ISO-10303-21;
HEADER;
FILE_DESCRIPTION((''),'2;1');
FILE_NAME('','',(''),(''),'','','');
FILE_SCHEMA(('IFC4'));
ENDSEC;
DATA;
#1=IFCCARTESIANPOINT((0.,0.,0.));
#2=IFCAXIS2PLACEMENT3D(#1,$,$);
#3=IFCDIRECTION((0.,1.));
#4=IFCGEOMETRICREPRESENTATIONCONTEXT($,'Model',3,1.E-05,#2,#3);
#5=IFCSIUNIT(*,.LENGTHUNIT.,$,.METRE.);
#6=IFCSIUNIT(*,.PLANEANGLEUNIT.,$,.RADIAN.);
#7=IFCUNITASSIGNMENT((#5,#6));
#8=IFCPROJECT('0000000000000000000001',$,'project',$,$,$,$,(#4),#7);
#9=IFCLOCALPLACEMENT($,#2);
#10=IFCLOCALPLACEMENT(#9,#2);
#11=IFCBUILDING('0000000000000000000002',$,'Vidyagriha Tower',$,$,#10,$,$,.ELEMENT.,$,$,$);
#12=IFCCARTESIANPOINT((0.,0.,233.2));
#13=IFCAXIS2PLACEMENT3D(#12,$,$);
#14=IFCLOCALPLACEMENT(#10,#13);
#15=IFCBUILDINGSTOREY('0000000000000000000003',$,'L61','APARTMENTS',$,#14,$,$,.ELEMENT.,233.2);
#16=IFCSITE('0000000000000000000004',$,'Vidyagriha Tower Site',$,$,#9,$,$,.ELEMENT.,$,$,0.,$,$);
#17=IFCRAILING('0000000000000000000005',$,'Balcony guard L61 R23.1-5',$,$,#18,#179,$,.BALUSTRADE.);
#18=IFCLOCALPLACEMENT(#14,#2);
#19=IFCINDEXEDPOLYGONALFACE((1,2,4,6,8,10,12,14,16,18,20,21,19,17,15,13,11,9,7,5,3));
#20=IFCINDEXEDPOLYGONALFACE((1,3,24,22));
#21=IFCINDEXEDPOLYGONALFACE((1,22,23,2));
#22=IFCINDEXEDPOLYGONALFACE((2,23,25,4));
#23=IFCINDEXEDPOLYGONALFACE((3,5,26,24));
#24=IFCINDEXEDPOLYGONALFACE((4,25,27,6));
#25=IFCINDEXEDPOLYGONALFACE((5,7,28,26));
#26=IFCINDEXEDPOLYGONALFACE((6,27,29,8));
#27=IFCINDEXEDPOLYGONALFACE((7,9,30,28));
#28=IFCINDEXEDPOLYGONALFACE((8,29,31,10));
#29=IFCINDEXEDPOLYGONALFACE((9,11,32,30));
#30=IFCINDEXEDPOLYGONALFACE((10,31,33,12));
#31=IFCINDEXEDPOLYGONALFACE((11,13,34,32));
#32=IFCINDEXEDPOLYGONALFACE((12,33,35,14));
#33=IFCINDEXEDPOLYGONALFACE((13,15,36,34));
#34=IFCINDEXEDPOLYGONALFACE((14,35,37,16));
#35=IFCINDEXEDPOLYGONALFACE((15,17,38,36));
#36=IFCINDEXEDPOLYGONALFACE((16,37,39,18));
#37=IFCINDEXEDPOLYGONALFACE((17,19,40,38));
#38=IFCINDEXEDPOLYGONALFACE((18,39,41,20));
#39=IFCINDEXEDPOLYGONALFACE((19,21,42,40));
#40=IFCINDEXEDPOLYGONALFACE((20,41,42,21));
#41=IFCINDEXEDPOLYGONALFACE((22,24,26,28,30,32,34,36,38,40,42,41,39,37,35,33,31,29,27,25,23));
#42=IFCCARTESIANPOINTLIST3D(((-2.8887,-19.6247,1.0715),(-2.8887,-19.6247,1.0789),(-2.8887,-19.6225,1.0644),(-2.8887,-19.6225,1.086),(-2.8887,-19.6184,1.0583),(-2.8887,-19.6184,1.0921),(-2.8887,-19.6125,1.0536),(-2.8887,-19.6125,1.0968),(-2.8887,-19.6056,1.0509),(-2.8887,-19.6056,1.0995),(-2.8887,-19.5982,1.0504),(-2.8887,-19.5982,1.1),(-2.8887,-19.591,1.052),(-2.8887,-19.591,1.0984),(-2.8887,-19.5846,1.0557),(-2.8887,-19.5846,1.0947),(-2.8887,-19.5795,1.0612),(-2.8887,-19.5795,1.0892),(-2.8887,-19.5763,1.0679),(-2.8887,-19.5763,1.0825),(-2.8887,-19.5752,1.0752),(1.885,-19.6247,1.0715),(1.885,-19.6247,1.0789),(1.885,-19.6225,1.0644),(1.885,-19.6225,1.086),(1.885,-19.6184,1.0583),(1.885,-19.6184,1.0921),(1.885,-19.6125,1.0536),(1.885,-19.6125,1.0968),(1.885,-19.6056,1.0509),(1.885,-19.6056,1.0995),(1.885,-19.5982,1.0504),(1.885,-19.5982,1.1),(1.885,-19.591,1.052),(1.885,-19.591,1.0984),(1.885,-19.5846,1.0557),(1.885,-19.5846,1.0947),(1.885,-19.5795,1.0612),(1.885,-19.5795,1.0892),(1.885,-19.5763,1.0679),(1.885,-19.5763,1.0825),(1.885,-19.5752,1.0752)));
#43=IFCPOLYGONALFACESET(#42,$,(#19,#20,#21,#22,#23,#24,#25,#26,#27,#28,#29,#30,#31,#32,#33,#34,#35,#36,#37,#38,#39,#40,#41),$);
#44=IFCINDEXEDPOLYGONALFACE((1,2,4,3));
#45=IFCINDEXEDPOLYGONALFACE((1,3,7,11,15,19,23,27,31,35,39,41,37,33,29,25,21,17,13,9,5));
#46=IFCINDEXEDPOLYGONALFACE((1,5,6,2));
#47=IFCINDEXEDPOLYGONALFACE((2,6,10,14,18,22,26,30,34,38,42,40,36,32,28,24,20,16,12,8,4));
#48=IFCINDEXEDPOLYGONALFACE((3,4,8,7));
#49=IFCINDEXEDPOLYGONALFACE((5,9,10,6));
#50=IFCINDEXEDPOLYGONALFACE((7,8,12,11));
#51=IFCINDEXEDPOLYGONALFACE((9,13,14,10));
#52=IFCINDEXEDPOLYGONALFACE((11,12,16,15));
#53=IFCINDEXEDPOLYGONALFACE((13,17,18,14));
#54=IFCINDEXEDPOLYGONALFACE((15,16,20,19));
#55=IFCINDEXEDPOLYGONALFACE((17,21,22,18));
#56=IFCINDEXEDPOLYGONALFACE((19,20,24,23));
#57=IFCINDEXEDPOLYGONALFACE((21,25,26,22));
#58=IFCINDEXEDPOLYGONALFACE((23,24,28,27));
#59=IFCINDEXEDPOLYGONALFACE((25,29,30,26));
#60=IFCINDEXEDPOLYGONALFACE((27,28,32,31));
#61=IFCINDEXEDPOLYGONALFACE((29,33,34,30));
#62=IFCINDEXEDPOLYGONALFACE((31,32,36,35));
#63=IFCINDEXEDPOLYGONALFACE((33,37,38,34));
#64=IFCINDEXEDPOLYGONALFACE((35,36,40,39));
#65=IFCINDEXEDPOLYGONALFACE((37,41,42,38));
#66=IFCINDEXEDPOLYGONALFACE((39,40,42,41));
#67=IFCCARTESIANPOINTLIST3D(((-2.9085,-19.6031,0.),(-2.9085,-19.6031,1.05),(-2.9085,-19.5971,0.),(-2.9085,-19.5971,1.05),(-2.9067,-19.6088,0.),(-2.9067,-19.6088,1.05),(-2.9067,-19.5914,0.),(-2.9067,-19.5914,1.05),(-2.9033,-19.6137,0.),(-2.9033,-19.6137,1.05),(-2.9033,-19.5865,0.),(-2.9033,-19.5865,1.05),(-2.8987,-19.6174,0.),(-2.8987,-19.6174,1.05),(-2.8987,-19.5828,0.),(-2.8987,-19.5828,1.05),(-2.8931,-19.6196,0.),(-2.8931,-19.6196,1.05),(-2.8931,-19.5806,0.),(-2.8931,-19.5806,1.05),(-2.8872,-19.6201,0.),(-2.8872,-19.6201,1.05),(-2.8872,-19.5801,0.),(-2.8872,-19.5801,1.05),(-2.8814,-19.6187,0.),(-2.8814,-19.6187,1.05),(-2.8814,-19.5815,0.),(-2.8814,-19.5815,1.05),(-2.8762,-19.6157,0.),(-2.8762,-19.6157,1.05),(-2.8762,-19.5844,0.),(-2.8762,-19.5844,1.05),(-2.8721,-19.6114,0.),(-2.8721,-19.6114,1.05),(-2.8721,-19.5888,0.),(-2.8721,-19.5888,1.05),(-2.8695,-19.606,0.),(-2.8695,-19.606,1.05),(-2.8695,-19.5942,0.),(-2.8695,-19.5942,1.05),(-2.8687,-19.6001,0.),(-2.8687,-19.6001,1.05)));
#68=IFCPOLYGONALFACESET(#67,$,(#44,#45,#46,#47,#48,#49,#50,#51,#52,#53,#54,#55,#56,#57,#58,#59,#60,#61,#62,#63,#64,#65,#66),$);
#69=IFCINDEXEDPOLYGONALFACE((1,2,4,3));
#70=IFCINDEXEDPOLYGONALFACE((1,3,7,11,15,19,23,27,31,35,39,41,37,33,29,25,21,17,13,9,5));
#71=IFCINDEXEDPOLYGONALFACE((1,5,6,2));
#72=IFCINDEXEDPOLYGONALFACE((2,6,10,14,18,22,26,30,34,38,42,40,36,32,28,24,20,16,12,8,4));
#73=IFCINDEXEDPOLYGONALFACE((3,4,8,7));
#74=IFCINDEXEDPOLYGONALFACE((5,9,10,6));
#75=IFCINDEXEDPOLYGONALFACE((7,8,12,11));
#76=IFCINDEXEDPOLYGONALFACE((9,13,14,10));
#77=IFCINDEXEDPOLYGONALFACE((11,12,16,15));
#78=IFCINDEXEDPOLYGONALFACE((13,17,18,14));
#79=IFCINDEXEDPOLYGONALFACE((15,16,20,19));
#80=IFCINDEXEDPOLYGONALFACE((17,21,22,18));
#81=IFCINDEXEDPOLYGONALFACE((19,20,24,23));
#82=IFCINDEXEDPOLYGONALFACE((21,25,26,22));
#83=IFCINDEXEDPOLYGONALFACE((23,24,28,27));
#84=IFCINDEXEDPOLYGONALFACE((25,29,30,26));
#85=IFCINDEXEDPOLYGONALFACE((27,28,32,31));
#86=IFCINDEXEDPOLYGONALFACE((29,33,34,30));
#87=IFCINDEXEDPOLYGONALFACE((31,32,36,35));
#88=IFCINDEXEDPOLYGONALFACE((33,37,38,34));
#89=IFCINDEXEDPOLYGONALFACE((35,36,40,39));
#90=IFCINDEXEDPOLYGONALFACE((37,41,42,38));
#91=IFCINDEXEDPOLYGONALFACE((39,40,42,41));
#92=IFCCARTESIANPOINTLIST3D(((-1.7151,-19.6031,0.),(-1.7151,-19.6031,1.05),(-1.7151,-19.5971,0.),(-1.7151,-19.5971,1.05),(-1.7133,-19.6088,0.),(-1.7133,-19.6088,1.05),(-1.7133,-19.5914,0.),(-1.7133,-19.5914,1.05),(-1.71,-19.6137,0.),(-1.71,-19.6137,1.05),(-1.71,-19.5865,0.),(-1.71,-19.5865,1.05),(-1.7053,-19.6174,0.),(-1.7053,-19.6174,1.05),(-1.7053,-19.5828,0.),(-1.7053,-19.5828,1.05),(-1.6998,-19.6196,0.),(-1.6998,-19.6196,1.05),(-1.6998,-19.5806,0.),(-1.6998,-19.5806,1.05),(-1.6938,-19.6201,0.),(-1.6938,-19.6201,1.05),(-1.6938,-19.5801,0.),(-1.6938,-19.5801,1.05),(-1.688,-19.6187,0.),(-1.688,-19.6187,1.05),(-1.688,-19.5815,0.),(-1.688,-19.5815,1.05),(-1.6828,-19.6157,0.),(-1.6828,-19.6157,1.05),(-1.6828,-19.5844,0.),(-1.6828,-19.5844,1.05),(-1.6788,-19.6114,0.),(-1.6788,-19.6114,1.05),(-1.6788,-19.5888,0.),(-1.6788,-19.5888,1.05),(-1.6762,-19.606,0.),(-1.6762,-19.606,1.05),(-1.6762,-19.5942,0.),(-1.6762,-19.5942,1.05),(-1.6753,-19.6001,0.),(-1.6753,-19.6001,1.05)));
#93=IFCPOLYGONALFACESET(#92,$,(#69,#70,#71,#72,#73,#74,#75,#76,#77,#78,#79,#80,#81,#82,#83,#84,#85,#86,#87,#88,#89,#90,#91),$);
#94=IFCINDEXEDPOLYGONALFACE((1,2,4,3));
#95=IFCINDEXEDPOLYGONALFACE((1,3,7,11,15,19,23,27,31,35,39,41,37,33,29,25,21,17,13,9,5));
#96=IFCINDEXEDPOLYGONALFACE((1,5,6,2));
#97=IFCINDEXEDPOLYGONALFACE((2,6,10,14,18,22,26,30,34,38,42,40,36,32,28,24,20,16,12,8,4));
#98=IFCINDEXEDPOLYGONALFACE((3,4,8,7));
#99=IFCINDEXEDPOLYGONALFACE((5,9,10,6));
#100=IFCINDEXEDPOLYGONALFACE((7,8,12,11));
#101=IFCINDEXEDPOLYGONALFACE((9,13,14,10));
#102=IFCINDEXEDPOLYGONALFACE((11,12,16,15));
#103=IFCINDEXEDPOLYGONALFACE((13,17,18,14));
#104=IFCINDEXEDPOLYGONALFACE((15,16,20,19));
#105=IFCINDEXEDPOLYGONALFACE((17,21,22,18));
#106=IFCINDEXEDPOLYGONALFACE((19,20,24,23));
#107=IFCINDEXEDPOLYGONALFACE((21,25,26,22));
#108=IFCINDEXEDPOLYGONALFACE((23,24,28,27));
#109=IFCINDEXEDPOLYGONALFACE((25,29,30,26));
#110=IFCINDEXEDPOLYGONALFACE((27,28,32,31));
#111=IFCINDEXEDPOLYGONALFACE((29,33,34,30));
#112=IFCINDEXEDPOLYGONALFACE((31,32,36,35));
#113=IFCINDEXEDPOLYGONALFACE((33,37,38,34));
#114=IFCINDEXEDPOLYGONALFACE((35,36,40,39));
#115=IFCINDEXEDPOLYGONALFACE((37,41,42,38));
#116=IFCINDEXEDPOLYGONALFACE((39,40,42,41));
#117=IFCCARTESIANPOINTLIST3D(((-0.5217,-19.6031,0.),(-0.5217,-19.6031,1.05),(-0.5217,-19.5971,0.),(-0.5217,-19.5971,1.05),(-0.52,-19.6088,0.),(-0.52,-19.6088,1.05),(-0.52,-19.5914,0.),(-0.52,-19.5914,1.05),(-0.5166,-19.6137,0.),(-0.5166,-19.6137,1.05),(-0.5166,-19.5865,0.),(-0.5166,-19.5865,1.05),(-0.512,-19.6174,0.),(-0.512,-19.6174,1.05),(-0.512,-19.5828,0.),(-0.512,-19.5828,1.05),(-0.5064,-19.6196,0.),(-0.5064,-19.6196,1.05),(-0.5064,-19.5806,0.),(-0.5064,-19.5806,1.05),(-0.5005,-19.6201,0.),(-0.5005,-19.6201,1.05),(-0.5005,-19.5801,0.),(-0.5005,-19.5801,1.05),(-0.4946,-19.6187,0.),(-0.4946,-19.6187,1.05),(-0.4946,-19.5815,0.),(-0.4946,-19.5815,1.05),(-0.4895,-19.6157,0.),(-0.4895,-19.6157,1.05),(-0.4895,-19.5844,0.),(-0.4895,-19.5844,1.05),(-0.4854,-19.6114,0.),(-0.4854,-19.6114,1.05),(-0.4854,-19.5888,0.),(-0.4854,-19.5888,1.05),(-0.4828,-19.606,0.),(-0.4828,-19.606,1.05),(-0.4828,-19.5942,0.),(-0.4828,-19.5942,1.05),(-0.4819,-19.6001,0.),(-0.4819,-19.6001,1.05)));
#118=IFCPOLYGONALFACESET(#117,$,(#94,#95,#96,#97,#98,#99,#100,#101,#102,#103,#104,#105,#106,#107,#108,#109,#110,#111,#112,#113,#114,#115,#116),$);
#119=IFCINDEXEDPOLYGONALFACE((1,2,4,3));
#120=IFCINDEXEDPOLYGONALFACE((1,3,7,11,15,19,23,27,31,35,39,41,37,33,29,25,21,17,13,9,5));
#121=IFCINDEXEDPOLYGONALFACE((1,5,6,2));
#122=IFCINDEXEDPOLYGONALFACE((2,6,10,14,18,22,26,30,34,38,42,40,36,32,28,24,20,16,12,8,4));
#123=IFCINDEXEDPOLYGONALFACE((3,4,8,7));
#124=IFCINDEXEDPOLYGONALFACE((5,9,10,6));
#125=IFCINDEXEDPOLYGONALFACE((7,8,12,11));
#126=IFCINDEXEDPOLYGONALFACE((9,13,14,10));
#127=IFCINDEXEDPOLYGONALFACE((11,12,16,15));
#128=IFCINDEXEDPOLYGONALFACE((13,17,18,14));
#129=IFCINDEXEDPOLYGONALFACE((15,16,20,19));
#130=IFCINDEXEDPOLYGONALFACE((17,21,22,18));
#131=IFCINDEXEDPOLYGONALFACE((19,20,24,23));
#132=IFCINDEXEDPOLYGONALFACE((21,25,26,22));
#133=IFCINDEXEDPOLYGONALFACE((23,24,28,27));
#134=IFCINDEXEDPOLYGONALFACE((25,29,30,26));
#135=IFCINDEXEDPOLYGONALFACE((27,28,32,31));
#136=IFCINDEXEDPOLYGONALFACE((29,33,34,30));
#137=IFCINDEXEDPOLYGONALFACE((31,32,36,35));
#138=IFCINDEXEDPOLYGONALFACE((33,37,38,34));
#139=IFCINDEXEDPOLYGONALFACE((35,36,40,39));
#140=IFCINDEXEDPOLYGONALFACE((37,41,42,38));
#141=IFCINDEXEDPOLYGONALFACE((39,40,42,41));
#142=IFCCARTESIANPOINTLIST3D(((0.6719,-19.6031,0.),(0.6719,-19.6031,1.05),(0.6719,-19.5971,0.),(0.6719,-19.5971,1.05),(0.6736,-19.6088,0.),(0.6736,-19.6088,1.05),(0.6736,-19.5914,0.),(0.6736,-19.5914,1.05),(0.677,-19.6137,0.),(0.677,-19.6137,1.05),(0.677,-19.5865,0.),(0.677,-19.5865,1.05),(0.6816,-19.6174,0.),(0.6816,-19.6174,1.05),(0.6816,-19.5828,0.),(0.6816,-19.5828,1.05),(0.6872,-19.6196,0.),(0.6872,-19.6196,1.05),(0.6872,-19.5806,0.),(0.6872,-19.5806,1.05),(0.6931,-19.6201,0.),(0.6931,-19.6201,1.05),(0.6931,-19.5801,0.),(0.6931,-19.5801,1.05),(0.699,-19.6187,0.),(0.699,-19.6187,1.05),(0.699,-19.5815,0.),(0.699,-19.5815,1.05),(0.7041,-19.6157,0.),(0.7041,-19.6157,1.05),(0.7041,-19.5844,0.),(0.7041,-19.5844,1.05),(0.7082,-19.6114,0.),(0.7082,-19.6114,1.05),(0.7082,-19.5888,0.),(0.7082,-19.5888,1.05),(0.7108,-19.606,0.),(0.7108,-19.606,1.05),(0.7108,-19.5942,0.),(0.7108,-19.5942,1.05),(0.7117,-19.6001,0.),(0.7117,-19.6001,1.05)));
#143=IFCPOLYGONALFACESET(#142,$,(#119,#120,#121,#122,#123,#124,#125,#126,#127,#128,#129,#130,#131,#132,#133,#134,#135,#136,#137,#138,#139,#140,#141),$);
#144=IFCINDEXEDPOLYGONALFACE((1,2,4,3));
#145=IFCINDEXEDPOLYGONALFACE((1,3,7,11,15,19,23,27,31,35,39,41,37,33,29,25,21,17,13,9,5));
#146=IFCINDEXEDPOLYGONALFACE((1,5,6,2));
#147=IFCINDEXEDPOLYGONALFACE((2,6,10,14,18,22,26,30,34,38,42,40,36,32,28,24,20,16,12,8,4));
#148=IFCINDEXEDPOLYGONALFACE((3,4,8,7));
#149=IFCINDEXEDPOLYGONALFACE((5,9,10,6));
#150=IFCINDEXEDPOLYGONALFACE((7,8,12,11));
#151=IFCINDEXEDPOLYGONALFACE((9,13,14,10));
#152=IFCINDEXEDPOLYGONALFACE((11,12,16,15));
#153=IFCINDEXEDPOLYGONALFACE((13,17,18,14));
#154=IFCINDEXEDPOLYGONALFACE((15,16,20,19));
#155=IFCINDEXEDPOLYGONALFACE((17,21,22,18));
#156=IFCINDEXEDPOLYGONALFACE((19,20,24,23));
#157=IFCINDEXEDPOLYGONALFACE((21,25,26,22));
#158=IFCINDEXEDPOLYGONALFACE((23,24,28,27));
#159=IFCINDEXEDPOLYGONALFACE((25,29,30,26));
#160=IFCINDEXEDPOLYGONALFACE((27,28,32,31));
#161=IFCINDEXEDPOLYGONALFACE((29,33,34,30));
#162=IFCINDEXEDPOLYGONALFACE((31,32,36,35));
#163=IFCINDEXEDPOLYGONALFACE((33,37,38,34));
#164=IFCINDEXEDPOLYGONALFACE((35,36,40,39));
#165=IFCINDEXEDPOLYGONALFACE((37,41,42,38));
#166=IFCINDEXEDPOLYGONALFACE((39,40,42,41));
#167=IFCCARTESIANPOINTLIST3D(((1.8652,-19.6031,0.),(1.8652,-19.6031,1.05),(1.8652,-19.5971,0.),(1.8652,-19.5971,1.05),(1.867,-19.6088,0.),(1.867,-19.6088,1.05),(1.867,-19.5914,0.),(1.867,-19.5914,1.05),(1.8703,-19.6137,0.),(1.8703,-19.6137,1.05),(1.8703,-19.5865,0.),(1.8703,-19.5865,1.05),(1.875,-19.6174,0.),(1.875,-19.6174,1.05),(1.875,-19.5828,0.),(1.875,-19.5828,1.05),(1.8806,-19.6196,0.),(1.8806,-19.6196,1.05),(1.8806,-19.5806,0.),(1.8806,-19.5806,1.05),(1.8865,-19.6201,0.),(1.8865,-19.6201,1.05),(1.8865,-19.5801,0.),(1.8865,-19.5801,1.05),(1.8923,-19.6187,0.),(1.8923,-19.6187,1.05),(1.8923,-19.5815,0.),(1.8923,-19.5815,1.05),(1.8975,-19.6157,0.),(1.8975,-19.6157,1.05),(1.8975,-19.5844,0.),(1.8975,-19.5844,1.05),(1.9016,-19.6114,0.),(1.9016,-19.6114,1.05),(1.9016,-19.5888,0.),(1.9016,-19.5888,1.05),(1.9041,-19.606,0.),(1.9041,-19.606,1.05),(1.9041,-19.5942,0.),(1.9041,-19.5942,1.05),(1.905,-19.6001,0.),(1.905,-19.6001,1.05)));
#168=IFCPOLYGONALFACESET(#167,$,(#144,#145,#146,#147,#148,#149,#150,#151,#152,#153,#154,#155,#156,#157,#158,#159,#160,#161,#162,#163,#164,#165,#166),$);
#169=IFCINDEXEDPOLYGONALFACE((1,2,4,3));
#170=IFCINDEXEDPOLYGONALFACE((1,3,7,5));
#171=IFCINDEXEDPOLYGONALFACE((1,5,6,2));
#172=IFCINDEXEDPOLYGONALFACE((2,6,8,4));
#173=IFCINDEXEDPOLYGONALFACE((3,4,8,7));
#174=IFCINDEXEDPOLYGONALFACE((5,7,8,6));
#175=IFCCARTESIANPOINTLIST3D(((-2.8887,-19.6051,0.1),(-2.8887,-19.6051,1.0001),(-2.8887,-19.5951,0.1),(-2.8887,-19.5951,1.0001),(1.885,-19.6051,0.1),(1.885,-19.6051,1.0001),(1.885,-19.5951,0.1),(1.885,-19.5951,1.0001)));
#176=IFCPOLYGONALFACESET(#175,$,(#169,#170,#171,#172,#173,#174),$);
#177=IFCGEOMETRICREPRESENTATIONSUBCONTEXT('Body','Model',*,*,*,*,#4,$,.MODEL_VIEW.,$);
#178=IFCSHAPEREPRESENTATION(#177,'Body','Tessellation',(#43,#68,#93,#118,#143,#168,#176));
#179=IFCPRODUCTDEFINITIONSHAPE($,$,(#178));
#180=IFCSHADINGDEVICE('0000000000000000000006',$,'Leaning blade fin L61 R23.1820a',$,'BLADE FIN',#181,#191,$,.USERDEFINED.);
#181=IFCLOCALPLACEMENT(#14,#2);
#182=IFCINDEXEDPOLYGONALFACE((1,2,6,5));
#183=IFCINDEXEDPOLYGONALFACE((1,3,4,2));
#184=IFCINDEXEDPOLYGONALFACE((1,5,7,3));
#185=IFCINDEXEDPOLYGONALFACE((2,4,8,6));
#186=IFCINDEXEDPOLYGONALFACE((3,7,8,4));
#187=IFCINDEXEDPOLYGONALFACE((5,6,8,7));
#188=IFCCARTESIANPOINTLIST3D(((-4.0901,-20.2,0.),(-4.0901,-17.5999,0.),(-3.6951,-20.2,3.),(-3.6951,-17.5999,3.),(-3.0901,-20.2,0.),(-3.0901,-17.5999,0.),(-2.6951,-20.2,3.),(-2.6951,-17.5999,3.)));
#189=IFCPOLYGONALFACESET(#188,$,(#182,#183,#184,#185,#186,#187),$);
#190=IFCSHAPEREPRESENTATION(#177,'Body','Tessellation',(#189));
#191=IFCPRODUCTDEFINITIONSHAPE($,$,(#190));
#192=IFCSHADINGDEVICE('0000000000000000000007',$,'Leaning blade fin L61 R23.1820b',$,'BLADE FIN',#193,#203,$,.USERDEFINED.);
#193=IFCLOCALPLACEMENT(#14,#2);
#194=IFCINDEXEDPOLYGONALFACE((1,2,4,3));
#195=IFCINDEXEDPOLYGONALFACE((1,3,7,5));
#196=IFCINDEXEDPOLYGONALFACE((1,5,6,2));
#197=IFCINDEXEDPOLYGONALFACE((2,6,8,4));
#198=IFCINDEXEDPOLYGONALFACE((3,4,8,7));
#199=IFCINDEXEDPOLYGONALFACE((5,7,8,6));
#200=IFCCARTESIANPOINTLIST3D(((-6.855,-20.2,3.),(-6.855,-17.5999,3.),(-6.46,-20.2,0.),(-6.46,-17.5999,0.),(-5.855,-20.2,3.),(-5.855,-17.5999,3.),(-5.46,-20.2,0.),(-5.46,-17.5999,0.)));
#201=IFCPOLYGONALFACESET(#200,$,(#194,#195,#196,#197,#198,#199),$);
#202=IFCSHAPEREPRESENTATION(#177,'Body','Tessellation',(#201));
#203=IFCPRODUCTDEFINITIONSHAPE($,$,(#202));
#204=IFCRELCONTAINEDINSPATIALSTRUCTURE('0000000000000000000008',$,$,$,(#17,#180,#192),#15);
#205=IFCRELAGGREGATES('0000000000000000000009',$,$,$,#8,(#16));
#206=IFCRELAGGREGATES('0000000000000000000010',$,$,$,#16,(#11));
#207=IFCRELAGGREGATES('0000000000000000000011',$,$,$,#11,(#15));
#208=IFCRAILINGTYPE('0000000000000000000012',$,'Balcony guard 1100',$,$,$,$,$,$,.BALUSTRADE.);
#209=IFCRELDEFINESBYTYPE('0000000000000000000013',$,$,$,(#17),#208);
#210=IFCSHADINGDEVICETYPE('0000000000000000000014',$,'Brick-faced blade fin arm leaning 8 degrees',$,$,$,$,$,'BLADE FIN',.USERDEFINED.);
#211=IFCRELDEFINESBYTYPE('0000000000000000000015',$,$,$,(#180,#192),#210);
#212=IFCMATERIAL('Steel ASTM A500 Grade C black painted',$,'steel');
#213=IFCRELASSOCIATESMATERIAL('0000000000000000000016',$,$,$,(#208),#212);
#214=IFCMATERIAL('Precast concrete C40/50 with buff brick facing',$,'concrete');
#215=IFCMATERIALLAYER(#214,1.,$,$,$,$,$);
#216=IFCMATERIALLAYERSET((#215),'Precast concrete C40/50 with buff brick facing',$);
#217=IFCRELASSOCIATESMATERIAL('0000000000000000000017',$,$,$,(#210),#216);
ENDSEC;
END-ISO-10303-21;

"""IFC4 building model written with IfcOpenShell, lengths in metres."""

from ifc_helpers import new_model, si_unit, direction, frame, origin, origin_2d, place, context, subcontext, project, spatial, polyline, rectangle, circle, outline, extrude, material, layer, layer_set, type_object, element, save


model = new_model("IFC4")

# Units and contexts
model_context = context("Model", 3, precision=1e-05, world=origin(), true_north=direction((0.0, 1.0)))
body_context = subcontext(model_context, "Body", "Model", "MODEL_VIEW")
ifc_project = project(units=[si_unit("LENGTHUNIT", "METRE"), si_unit("PLANEANGLEUNIT", "RADIAN")], contexts=[model_context])

# Site, building, storey
site_placement = place(None, origin())
site = spatial("IfcSite", under=ifc_project, at=site_placement, Name="Vidyagriha Tower Site", CompositionType="ELEMENT", RefElevation=0.0)
building_placement = place(site_placement, origin())
building = spatial("IfcBuilding", under=site, at=building_placement, Name="Vidyagriha Tower", CompositionType="ELEMENT")
storey_placement = place(building_placement, frame((0.0, 0.0, 233.2)))
storey = spatial("IfcBuildingStorey", under=building, at=storey_placement, Name="L61", Description="APARTMENTS", CompositionType="ELEMENT", Elevation=233.2)

# Railing
ifc_material_1 = material(Name="Steel ASTM A500 Grade C black painted", Category="steel")
railing_type = type_object("IfcRailingType", Name="Balcony guard 1100", PredefinedType="BALUSTRADE", material=ifc_material_1)
railing_1_placement = place(storey_placement, frame((-2.8887, -19.6001, 0.0)))
element("IfcRailing", 1, at=railing_1_placement, inside=storey, type_object=railing_type, Name="Balcony guard L61 R23.1-5", PredefinedType="BALUSTRADE", context=body_context, shape_type="SweptSolid", body=[
    extrude(circle(Radius=0.0249, at=origin_2d()), frame((0.0, 0.0, 1.0752), z_axis=(1.0, 0.0, 0.0), x_axis=(0.0, 1.0, 0.0)), (0.0, 0.0, 1.0), 4.7737),
    extrude(circle(Radius=0.02, at=origin_2d()), origin(), (0.0, 0.0, 1.0), 1.05),
    extrude(circle(Radius=0.02, at=origin_2d()), frame((1.1934, 0.0, 0.0)), (0.0, 0.0, 1.0), 1.05),
    extrude(circle(Radius=0.02, at=origin_2d()), frame((2.3867, 0.0, 0.0)), (0.0, 0.0, 1.0), 1.05),
    extrude(circle(Radius=0.02, at=origin_2d()), frame((3.5803, 0.0, 0.0)), (0.0, 0.0, 1.0), 1.05),
    extrude(circle(Radius=0.02, at=origin_2d()), frame((4.7737, 0.0, 0.0)), (0.0, 0.0, 1.0), 1.05),
    extrude(rectangle(XDim=0.01, YDim=0.9001, at=origin_2d()), frame((0.0, 0.0, 0.55), z_axis=(1.0, 0.0, 0.0), x_axis=(0.0, 1.0, 0.0)), (0.0, 0.0, 1.0), 4.7737),
])

# Shading devices
ifc_material_2 = material(Name="Precast concrete C40/50 with buff brick facing", Category="concrete")
ifc_layer_1 = layer(ifc_material_2, 1.0)
ifc_layer_set_1 = layer_set([ifc_layer_1], Name="Precast concrete C40/50 with buff brick facing")
shading_device_type = type_object("IfcShadingDeviceType", Name="Brick-faced blade fin arm leaning 8 degrees", ElementType="BLADE FIN", PredefinedType="USERDEFINED", material=ifc_layer_set_1)
shading_device_1_placement = place(storey_placement, frame((-4.0901, -18.8999, 0.0)))
element("IfcShadingDevice", 2, at=shading_device_1_placement, inside=storey, type_object=shading_device_type, Name="Leaning blade fin L61 R23.1820a", ObjectType="BLADE FIN", PredefinedType="USERDEFINED", context=body_context, shape_type="SweptSolid", body=[
    extrude(outline(polyline([(0.0, 0.0), (1.0, 0.0), (1.395, 3.0), (0.395, 3.0), (0.0, 0.0)])), frame((0.0, 1.3, 0.0), z_axis=(0.0, -1.0, 0.0), x_axis=(1.0, 0.0, 0.0)), (0.0, 0.0, 1.0), 2.6001),
])
shading_device_2_placement = place(storey_placement, frame((-6.855, -18.8999, 0.0)))
element("IfcShadingDevice", 3, at=shading_device_2_placement, inside=storey, type_object=shading_device_type, Name="Leaning blade fin L61 R23.1820b", ObjectType="BLADE FIN", PredefinedType="USERDEFINED", context=body_context, shape_type="SweptSolid", body=[
    extrude(outline(polyline([(0.395, 0.0), (1.395, 0.0), (1.0, 3.0), (0.0, 3.0), (0.395, 0.0)])), frame((0.0, 1.3, 0.0), z_axis=(0.0, -1.0, 0.0), x_axis=(1.0, 0.0, 0.0)), (0.0, 0.0, 1.0), 2.6001),
])

save(model, "model.ifc")
